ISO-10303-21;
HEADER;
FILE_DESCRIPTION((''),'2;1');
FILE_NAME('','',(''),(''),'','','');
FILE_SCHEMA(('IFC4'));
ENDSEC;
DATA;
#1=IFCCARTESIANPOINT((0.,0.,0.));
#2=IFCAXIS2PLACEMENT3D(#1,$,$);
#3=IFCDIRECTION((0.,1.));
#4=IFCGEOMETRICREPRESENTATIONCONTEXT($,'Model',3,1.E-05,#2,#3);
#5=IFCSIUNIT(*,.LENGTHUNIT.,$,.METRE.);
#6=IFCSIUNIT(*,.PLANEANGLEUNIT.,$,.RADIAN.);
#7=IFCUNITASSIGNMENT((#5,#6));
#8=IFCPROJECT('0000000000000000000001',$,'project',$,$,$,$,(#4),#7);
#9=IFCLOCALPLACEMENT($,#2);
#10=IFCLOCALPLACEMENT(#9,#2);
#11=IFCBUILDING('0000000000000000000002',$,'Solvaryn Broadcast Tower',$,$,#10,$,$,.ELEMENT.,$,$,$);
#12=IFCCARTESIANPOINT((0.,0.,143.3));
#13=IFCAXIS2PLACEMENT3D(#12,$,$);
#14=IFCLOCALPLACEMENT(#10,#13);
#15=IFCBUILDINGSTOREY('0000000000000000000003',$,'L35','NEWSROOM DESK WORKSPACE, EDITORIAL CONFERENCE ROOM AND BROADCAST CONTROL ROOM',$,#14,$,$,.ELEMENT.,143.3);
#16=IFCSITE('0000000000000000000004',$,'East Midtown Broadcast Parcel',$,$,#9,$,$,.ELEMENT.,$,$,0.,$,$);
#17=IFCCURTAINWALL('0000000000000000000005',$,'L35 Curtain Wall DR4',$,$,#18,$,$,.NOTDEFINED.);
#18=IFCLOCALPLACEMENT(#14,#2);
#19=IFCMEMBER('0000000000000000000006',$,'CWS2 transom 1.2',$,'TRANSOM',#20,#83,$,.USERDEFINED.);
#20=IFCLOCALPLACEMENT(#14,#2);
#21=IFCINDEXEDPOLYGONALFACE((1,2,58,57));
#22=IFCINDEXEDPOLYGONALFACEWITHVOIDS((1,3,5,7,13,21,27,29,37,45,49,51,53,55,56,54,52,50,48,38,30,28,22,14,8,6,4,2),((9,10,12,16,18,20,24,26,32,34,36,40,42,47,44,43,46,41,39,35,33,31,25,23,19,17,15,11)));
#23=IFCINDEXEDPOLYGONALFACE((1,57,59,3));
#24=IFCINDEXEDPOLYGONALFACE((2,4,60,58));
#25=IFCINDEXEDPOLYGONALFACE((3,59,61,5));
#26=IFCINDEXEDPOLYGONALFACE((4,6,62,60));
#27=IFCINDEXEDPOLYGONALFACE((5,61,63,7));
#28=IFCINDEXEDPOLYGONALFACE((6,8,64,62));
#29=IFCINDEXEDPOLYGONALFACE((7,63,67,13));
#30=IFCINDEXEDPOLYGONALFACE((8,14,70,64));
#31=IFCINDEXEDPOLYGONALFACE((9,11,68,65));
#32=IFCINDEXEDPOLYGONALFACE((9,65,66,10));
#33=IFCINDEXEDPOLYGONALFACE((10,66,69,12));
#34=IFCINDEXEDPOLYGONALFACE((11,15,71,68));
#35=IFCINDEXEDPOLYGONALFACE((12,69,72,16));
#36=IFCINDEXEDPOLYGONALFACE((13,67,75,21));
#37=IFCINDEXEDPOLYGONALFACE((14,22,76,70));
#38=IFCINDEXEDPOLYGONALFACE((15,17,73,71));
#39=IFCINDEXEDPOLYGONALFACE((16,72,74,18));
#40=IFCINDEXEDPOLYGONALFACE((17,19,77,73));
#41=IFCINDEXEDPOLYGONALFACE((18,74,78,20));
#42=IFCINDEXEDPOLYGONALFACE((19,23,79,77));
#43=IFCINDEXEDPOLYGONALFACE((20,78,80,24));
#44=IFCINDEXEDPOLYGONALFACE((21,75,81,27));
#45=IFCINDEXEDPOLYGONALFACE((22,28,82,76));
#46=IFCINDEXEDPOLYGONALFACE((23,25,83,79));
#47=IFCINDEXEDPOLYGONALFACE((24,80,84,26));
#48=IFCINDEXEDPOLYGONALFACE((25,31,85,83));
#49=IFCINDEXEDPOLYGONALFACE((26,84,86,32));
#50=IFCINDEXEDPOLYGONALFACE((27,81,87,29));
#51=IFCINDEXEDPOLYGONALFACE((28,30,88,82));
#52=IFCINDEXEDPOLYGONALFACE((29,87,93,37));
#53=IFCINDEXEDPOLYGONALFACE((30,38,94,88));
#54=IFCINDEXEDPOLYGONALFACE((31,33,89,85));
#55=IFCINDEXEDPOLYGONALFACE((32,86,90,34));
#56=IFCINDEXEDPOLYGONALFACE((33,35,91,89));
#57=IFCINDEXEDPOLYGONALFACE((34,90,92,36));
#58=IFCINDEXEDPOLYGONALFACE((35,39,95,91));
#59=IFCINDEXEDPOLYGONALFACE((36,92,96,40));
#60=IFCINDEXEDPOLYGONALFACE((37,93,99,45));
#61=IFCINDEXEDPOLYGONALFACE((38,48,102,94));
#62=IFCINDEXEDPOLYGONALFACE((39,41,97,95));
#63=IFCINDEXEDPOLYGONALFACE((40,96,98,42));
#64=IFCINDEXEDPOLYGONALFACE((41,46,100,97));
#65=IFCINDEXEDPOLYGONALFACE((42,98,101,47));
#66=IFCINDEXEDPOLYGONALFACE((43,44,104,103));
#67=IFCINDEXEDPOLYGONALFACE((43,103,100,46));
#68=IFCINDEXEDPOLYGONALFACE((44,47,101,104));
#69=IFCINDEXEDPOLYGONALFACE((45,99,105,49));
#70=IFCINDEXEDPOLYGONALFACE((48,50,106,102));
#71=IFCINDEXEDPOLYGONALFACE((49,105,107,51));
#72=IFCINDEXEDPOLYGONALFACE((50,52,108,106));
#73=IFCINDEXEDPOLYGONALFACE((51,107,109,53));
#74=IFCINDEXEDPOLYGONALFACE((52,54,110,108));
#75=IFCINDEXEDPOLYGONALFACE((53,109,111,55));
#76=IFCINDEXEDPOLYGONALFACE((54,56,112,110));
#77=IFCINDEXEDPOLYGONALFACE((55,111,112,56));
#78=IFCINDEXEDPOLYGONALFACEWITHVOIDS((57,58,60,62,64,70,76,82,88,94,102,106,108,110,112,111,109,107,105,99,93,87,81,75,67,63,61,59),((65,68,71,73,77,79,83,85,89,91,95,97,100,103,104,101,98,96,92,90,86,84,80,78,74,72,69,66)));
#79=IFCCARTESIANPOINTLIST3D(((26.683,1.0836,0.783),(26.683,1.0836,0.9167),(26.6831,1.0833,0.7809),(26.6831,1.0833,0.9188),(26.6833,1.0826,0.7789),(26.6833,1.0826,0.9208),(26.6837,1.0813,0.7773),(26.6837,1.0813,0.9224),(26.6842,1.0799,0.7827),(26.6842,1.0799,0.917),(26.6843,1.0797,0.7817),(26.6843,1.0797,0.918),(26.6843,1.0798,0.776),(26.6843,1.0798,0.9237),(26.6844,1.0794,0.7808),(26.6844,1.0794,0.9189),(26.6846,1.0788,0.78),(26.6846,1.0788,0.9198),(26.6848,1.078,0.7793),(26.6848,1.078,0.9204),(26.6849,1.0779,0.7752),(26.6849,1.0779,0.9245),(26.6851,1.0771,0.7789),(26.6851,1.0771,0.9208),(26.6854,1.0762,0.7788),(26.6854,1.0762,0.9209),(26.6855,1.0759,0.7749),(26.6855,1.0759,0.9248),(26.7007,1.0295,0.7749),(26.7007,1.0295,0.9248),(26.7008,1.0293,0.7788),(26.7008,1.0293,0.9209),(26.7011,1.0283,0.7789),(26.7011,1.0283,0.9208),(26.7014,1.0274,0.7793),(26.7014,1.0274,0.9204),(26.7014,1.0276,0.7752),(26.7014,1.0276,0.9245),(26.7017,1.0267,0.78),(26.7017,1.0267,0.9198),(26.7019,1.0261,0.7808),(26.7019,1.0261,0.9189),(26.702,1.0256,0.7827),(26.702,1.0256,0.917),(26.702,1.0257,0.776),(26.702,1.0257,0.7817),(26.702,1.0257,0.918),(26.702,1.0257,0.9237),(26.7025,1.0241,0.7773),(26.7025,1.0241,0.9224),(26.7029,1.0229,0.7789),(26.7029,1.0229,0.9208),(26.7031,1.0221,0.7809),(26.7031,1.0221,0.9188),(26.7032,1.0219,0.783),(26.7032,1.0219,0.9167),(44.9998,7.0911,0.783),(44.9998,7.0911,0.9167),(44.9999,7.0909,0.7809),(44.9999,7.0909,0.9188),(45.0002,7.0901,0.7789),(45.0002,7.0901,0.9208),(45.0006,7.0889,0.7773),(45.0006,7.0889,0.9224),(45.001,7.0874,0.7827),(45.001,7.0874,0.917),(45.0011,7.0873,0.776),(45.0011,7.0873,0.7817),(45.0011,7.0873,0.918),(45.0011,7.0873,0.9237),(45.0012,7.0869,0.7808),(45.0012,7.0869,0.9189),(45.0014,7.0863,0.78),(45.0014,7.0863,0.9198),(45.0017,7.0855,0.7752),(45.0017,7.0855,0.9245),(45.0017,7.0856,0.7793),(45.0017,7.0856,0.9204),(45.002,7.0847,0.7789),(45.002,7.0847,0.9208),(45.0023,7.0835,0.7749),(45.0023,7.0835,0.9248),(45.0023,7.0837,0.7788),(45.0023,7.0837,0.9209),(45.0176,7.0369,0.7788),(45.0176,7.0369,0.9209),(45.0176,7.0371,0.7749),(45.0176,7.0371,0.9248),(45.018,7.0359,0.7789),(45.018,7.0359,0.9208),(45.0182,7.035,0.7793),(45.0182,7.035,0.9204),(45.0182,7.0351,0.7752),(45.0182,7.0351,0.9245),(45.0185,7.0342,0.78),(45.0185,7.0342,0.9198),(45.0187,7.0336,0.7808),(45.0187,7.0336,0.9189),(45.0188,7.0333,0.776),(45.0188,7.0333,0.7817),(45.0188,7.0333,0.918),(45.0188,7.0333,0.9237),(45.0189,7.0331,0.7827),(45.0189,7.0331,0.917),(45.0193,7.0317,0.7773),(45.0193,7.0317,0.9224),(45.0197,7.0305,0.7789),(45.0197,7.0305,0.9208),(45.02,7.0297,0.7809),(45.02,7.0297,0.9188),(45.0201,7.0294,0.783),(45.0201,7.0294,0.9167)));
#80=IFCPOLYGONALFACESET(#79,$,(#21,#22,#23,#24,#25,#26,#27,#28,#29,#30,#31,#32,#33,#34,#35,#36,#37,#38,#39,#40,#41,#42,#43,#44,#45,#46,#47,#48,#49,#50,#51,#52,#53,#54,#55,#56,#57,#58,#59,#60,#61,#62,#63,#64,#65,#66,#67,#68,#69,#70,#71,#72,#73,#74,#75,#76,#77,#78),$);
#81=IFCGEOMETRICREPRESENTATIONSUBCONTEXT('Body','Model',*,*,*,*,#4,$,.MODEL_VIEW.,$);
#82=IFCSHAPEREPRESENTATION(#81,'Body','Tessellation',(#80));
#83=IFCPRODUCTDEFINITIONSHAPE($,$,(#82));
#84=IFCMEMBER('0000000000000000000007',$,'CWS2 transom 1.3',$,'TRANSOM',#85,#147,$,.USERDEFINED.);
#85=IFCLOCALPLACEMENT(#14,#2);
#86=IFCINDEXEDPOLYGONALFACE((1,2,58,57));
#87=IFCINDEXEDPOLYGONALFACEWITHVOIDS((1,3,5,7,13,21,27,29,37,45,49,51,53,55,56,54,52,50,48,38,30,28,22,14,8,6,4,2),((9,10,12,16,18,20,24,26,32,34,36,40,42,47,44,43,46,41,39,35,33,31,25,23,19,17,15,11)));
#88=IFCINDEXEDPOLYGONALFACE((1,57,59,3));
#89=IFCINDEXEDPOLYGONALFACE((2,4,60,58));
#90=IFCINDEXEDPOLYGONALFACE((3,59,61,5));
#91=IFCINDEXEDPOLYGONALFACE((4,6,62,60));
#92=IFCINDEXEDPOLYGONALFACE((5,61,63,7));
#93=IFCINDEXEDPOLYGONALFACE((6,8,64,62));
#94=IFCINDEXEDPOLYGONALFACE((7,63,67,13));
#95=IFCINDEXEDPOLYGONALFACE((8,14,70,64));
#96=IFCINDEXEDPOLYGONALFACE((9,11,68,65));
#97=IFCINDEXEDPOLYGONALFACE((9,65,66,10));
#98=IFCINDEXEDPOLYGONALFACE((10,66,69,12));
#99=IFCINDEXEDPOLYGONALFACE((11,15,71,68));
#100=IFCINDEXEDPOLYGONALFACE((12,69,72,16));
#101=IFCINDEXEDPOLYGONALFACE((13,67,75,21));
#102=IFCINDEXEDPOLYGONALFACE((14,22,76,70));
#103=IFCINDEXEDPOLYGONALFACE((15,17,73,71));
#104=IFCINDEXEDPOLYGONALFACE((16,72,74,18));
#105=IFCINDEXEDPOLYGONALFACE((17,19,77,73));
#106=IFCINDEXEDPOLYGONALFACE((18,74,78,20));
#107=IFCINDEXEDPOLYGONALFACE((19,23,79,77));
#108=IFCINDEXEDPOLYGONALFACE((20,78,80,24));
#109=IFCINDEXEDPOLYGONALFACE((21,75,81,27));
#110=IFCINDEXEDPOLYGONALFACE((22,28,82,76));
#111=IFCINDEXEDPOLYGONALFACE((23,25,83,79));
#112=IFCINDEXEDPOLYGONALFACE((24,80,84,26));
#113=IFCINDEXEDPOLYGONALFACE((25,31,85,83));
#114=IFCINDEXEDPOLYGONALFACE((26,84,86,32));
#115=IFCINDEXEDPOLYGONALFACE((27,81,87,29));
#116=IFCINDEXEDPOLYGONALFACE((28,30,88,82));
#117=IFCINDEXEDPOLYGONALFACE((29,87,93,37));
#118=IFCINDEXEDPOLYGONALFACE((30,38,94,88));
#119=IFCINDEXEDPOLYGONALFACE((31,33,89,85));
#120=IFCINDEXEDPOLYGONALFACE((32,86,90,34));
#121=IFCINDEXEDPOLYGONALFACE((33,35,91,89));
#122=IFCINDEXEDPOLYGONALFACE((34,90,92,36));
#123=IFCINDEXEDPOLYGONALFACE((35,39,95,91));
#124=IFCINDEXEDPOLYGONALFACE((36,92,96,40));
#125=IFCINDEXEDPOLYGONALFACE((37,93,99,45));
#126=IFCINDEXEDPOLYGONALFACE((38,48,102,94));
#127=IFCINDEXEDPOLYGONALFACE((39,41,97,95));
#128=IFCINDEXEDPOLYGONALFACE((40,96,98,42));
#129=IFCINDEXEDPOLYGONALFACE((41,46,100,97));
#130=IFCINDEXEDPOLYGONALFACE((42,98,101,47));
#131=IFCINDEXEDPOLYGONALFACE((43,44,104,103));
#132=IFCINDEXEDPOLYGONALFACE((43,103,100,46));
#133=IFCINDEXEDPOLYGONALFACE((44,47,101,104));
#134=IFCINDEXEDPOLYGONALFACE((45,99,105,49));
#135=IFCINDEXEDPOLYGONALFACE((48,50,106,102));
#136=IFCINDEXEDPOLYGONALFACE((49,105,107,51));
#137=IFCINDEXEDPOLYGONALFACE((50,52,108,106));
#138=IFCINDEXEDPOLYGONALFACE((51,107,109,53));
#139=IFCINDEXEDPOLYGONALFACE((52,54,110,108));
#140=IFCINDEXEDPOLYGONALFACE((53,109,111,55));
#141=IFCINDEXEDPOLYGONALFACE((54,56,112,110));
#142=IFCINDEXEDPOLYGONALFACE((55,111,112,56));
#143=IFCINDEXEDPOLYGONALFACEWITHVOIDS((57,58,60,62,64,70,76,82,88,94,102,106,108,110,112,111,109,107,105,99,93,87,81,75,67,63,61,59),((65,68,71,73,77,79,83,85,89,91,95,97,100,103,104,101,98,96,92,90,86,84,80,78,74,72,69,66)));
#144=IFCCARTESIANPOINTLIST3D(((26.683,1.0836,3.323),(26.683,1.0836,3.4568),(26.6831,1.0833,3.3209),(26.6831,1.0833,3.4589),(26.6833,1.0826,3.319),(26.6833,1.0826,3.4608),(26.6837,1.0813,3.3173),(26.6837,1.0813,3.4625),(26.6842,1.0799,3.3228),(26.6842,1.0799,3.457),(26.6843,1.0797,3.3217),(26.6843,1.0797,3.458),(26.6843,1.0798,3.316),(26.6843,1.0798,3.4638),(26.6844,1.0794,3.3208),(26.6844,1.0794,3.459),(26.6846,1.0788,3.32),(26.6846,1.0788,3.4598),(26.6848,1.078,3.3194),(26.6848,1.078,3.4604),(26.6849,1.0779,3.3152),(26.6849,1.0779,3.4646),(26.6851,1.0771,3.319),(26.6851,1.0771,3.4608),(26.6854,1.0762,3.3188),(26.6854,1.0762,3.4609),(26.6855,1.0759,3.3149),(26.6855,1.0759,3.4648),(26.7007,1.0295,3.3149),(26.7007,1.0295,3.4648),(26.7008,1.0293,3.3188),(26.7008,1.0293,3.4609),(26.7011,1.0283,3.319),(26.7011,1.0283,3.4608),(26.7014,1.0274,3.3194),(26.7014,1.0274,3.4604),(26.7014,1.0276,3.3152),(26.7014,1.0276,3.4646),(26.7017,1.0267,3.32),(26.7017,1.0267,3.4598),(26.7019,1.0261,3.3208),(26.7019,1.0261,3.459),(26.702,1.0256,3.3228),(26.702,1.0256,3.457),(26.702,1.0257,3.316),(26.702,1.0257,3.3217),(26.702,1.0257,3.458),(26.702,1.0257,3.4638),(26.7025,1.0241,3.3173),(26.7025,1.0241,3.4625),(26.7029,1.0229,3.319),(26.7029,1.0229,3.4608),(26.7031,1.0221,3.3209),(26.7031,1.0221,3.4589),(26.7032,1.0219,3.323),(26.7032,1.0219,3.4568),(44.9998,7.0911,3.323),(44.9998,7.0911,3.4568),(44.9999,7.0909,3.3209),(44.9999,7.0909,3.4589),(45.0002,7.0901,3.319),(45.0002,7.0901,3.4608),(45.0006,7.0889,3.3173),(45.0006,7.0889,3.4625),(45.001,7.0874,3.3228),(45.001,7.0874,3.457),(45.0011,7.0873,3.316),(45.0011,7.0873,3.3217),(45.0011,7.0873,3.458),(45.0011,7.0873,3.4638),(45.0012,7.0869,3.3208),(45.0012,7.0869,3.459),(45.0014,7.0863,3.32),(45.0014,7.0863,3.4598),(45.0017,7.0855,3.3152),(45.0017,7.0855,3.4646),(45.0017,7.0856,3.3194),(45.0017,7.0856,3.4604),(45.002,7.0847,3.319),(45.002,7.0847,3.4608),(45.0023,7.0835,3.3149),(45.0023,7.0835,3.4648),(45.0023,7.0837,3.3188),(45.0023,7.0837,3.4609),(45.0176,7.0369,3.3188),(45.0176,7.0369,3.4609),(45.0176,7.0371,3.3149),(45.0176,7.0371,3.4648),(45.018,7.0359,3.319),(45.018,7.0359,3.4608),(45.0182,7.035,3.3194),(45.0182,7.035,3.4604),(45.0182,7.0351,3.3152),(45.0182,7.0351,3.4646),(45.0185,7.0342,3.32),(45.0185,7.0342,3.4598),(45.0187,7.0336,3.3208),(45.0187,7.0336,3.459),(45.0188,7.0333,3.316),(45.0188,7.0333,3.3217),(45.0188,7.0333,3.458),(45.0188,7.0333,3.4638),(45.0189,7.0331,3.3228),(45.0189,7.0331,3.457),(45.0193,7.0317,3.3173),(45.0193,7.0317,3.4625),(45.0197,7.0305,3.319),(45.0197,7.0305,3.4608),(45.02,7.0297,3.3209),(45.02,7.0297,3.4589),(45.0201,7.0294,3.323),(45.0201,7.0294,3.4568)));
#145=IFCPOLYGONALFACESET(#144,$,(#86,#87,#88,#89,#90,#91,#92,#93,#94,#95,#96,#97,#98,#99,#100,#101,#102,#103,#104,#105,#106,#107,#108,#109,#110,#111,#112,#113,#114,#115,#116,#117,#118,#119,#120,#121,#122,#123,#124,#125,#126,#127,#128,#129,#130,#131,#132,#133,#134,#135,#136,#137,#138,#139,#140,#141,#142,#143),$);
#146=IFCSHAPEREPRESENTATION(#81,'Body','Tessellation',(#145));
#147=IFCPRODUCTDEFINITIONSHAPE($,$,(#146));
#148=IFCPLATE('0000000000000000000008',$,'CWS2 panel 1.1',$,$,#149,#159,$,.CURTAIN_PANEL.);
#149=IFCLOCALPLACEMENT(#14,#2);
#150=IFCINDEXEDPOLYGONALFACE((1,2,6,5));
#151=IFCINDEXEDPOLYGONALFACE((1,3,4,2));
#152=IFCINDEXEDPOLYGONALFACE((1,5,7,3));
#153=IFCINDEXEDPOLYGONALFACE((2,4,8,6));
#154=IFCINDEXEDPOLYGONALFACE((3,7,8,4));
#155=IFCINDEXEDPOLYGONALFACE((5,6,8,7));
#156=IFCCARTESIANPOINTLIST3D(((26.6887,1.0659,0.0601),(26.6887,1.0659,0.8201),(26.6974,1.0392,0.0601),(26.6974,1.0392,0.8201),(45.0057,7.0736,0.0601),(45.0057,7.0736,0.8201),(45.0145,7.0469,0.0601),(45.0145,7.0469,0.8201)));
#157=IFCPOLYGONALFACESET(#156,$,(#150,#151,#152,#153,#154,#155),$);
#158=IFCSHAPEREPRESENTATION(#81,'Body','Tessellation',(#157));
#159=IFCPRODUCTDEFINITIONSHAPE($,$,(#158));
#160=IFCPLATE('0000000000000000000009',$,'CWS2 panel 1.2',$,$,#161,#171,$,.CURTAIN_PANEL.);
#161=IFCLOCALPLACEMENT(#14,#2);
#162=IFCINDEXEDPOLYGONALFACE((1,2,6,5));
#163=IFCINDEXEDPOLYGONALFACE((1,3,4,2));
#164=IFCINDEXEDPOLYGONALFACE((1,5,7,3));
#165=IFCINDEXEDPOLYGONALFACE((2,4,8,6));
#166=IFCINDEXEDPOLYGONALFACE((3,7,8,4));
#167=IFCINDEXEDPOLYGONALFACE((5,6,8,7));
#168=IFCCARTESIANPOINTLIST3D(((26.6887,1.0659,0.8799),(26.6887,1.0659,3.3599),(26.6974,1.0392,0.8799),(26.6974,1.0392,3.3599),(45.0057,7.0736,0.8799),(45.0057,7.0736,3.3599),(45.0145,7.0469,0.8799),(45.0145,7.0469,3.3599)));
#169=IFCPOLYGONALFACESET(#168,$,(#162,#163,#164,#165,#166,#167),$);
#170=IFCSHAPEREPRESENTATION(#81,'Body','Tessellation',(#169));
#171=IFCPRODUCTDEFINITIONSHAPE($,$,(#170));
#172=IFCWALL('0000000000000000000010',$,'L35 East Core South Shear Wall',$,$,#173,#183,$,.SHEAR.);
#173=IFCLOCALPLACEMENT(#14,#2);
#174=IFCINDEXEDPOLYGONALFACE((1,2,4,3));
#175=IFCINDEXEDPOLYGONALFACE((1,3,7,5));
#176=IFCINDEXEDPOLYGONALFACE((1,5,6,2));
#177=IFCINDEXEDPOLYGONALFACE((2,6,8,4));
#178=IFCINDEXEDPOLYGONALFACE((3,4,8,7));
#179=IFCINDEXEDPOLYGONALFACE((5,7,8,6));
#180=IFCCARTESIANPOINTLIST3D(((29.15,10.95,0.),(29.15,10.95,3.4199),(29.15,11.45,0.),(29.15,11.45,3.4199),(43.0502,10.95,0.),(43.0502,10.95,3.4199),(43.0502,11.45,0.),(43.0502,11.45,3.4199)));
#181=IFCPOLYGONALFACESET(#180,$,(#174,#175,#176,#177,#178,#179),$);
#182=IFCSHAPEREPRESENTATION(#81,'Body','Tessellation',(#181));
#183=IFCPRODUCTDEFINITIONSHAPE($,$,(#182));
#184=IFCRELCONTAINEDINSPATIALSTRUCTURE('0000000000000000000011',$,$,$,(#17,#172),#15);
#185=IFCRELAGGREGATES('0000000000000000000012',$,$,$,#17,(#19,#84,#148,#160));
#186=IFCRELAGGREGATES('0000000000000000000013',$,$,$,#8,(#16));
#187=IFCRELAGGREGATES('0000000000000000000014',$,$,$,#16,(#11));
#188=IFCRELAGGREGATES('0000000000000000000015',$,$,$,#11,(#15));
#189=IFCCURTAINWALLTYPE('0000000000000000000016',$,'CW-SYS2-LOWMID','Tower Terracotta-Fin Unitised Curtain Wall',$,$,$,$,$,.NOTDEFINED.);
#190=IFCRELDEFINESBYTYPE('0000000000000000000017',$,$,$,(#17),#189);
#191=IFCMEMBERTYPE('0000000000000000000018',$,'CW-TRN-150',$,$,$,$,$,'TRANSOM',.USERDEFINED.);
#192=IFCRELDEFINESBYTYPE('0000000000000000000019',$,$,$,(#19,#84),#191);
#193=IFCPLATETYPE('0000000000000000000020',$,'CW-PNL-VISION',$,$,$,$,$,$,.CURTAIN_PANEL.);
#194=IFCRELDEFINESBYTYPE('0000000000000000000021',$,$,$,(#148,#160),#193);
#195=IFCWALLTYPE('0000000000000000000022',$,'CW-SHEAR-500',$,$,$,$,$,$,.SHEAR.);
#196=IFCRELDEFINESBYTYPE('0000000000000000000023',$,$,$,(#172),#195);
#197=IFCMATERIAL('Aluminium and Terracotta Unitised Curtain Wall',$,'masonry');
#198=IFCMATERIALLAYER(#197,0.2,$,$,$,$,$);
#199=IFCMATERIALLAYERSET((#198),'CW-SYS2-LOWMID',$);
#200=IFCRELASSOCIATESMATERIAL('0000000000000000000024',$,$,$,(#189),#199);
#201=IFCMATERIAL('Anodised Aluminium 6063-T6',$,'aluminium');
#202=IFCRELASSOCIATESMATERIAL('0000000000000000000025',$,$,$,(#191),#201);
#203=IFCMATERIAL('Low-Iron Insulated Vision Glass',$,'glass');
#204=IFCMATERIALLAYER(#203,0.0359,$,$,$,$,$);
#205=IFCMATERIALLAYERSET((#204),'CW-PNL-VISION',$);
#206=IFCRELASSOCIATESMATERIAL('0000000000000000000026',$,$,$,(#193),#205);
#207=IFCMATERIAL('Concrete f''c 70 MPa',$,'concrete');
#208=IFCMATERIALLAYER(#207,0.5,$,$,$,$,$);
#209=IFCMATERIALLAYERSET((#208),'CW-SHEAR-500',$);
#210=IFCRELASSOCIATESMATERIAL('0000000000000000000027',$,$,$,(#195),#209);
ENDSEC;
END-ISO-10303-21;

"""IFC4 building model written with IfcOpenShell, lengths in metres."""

from ifc_helpers import new_model, si_unit, direction, frame, frame_2d, origin, origin_2d, place, context, subcontext, project, spatial, rectangle, hollow_rectangle, extrude, material, layer, layer_set, material_profile, profile_set, type_object, element, aggregate, save


model = new_model("IFC4")

# Units and contexts
model_context = context("Model", 3, precision=1e-05, world=origin(), true_north=direction((0.0, 1.0)))
body_context = subcontext(model_context, "Body", "Model", "MODEL_VIEW")
ifc_project = project(units=[si_unit("LENGTHUNIT", "METRE"), si_unit("PLANEANGLEUNIT", "RADIAN")], contexts=[model_context])

# Site, building, storey
site_placement = place(None, origin())
site = spatial("IfcSite", under=ifc_project, at=site_placement, Name="East Midtown Broadcast Parcel", CompositionType="ELEMENT", RefElevation=0.0)
building_placement = place(site_placement, origin())
building = spatial("IfcBuilding", under=site, at=building_placement, Name="Solvaryn Broadcast Tower", CompositionType="ELEMENT")
storey_placement = place(building_placement, frame((0.0, 0.0, 143.3)))
storey = spatial("IfcBuildingStorey", under=building, at=storey_placement, Name="L35", Description="NEWSROOM DESK WORKSPACE, EDITORIAL CONFERENCE ROOM AND BROADCAST CONTROL ROOM", CompositionType="ELEMENT", Elevation=143.3)

# Shared definitions
ifc_material_1 = material(Name="Aluminium and Terracotta Unitised Curtain Wall", Category="masonry")
ifc_layer_1 = layer(ifc_material_1, 0.2)
ifc_layer_set_1 = layer_set([ifc_layer_1], Name="CW-SYS2-LOWMID")
curtain_wall_type = type_object("IfcCurtainWallType", Name="CW-SYS2-LOWMID", Description="Tower Terracotta-Fin Unitised Curtain Wall", PredefinedType="NOTDEFINED", material=ifc_layer_set_1)

# Curtain wall, members, plates
curtain_wall_1_placement = place(storey_placement, origin())
curtain_wall_1 = element("IfcCurtainWall", 1, at=curtain_wall_1_placement, inside=storey, type_object=curtain_wall_type, Name="L35 Curtain Wall DR4", PredefinedType="NOTDEFINED")
ifc_material_2 = material(Name="Anodised Aluminium 6063-T6", Category="aluminium")
ifc_material_profile_1 = material_profile(ifc_material_2, hollow_rectangle(XDim=0.0649, YDim=0.1499, WallThickness=0.0039, InnerFilletRadius=0.0039, OuterFilletRadius=0.0081, at=origin_2d()))
ifc_profile_set_1 = profile_set([ifc_material_profile_1], Name="Anodised Aluminium 6063-T6")
member_type_1 = type_object("IfcMemberType", Name="CW-TRN-150", ElementType="TRANSOM", PredefinedType="USERDEFINED", material=ifc_profile_set_1)
member_1_placement = place(storey_placement, frame((26.6931, 1.0527, 0.8499), z_axis=(0.950198, 0.311646, 0.0), x_axis=(-0.311646, 0.950198, 0.0)))
member_1 = element("IfcMember", 2, at=member_1_placement, type_object=member_type_1, Name="CWS2 transom 1.2", ObjectType="TRANSOM", PredefinedType="USERDEFINED", context=body_context, shape_type="SweptSolid", body=[
    extrude(hollow_rectangle(XDim=0.0649, YDim=0.1499, WallThickness=0.0039, InnerFilletRadius=0.0039, OuterFilletRadius=0.0081, at=origin_2d()), origin(), (0.0, 0.0, 1.0), 19.2769),
])
member_2_placement = place(storey_placement, frame((26.6931, 1.0527, 3.3899), z_axis=(0.950198, 0.311646, 0.0), x_axis=(-0.311646, 0.950198, 0.0)))
member_2 = element("IfcMember", 3, at=member_2_placement, type_object=member_type_1, Name="CWS2 transom 1.3", ObjectType="TRANSOM", PredefinedType="USERDEFINED", context=body_context, shape_type="SweptSolid", body=[
    extrude(hollow_rectangle(XDim=0.0649, YDim=0.1499, WallThickness=0.0039, InnerFilletRadius=0.0039, OuterFilletRadius=0.0081, at=origin_2d()), origin(), (0.0, 0.0, 1.0), 19.2769),
])
ifc_material_3 = material(Name="Low-Iron Insulated Vision Glass", Category="glass")
ifc_layer_2 = layer(ifc_material_3, 0.0359)
ifc_layer_set_2 = layer_set([ifc_layer_2], Name="CW-PNL-VISION")
plate_type = type_object("IfcPlateType", Name="CW-PNL-VISION", PredefinedType="CURTAIN_PANEL", material=ifc_layer_set_2)
plate_1_placement = place(storey_placement, frame((35.8516, 4.0564, 0.0601), z_axis=(0.0, 0.0, 1.0), x_axis=(0.950198, 0.311646, 0.0)))
plate_1 = element("IfcPlate", 4, at=plate_1_placement, type_object=plate_type, Name="CWS2 panel 1.1", PredefinedType="CURTAIN_PANEL", context=body_context, shape_type="SweptSolid", body=[
    extrude(rectangle(XDim=19.2771, YDim=0.0281, at=origin_2d()), origin(), (0.0, 0.0, 1.0), 0.76),
])
plate_2_placement = place(storey_placement, frame((35.8516, 4.0564, 0.8799), z_axis=(0.0, 0.0, 1.0), x_axis=(0.950198, 0.311646, 0.0)))
plate_2 = element("IfcPlate", 5, at=plate_2_placement, type_object=plate_type, Name="CWS2 panel 1.2", PredefinedType="CURTAIN_PANEL", context=body_context, shape_type="SweptSolid", body=[
    extrude(rectangle(XDim=19.2771, YDim=0.0281, at=origin_2d()), origin(), (0.0, 0.0, 1.0), 2.48),
])
aggregate(curtain_wall_1, [member_1, member_2, plate_1, plate_2])

# Wall
ifc_material_4 = material(Name="Concrete f'c 70 MPa", Category="concrete")
ifc_layer_3 = layer(ifc_material_4, 0.5)
ifc_layer_set_3 = layer_set([ifc_layer_3], Name="CW-SHEAR-500")
wall_type_1 = type_object("IfcWallType", Name="CW-SHEAR-500", PredefinedType="SHEAR", material=ifc_layer_set_3)
wall_1_placement = place(storey_placement, frame((29.1499, 11.2, 0.0), z_axis=(0.0, 0.0, 1.0), x_axis=(1.0, 0.0, 0.0)))
element("IfcWall", 6, at=wall_1_placement, inside=storey, type_object=wall_type_1, Name="L35 East Core South Shear Wall", PredefinedType="SHEAR", context=body_context, shape_type="SweptSolid", body=[
    extrude(rectangle(XDim=13.9001, YDim=0.5, at=frame_2d((6.9502, 0.0))), origin(), (0.0, 0.0, 1.0), 3.4199),
])

save(model, "model.ifc")
